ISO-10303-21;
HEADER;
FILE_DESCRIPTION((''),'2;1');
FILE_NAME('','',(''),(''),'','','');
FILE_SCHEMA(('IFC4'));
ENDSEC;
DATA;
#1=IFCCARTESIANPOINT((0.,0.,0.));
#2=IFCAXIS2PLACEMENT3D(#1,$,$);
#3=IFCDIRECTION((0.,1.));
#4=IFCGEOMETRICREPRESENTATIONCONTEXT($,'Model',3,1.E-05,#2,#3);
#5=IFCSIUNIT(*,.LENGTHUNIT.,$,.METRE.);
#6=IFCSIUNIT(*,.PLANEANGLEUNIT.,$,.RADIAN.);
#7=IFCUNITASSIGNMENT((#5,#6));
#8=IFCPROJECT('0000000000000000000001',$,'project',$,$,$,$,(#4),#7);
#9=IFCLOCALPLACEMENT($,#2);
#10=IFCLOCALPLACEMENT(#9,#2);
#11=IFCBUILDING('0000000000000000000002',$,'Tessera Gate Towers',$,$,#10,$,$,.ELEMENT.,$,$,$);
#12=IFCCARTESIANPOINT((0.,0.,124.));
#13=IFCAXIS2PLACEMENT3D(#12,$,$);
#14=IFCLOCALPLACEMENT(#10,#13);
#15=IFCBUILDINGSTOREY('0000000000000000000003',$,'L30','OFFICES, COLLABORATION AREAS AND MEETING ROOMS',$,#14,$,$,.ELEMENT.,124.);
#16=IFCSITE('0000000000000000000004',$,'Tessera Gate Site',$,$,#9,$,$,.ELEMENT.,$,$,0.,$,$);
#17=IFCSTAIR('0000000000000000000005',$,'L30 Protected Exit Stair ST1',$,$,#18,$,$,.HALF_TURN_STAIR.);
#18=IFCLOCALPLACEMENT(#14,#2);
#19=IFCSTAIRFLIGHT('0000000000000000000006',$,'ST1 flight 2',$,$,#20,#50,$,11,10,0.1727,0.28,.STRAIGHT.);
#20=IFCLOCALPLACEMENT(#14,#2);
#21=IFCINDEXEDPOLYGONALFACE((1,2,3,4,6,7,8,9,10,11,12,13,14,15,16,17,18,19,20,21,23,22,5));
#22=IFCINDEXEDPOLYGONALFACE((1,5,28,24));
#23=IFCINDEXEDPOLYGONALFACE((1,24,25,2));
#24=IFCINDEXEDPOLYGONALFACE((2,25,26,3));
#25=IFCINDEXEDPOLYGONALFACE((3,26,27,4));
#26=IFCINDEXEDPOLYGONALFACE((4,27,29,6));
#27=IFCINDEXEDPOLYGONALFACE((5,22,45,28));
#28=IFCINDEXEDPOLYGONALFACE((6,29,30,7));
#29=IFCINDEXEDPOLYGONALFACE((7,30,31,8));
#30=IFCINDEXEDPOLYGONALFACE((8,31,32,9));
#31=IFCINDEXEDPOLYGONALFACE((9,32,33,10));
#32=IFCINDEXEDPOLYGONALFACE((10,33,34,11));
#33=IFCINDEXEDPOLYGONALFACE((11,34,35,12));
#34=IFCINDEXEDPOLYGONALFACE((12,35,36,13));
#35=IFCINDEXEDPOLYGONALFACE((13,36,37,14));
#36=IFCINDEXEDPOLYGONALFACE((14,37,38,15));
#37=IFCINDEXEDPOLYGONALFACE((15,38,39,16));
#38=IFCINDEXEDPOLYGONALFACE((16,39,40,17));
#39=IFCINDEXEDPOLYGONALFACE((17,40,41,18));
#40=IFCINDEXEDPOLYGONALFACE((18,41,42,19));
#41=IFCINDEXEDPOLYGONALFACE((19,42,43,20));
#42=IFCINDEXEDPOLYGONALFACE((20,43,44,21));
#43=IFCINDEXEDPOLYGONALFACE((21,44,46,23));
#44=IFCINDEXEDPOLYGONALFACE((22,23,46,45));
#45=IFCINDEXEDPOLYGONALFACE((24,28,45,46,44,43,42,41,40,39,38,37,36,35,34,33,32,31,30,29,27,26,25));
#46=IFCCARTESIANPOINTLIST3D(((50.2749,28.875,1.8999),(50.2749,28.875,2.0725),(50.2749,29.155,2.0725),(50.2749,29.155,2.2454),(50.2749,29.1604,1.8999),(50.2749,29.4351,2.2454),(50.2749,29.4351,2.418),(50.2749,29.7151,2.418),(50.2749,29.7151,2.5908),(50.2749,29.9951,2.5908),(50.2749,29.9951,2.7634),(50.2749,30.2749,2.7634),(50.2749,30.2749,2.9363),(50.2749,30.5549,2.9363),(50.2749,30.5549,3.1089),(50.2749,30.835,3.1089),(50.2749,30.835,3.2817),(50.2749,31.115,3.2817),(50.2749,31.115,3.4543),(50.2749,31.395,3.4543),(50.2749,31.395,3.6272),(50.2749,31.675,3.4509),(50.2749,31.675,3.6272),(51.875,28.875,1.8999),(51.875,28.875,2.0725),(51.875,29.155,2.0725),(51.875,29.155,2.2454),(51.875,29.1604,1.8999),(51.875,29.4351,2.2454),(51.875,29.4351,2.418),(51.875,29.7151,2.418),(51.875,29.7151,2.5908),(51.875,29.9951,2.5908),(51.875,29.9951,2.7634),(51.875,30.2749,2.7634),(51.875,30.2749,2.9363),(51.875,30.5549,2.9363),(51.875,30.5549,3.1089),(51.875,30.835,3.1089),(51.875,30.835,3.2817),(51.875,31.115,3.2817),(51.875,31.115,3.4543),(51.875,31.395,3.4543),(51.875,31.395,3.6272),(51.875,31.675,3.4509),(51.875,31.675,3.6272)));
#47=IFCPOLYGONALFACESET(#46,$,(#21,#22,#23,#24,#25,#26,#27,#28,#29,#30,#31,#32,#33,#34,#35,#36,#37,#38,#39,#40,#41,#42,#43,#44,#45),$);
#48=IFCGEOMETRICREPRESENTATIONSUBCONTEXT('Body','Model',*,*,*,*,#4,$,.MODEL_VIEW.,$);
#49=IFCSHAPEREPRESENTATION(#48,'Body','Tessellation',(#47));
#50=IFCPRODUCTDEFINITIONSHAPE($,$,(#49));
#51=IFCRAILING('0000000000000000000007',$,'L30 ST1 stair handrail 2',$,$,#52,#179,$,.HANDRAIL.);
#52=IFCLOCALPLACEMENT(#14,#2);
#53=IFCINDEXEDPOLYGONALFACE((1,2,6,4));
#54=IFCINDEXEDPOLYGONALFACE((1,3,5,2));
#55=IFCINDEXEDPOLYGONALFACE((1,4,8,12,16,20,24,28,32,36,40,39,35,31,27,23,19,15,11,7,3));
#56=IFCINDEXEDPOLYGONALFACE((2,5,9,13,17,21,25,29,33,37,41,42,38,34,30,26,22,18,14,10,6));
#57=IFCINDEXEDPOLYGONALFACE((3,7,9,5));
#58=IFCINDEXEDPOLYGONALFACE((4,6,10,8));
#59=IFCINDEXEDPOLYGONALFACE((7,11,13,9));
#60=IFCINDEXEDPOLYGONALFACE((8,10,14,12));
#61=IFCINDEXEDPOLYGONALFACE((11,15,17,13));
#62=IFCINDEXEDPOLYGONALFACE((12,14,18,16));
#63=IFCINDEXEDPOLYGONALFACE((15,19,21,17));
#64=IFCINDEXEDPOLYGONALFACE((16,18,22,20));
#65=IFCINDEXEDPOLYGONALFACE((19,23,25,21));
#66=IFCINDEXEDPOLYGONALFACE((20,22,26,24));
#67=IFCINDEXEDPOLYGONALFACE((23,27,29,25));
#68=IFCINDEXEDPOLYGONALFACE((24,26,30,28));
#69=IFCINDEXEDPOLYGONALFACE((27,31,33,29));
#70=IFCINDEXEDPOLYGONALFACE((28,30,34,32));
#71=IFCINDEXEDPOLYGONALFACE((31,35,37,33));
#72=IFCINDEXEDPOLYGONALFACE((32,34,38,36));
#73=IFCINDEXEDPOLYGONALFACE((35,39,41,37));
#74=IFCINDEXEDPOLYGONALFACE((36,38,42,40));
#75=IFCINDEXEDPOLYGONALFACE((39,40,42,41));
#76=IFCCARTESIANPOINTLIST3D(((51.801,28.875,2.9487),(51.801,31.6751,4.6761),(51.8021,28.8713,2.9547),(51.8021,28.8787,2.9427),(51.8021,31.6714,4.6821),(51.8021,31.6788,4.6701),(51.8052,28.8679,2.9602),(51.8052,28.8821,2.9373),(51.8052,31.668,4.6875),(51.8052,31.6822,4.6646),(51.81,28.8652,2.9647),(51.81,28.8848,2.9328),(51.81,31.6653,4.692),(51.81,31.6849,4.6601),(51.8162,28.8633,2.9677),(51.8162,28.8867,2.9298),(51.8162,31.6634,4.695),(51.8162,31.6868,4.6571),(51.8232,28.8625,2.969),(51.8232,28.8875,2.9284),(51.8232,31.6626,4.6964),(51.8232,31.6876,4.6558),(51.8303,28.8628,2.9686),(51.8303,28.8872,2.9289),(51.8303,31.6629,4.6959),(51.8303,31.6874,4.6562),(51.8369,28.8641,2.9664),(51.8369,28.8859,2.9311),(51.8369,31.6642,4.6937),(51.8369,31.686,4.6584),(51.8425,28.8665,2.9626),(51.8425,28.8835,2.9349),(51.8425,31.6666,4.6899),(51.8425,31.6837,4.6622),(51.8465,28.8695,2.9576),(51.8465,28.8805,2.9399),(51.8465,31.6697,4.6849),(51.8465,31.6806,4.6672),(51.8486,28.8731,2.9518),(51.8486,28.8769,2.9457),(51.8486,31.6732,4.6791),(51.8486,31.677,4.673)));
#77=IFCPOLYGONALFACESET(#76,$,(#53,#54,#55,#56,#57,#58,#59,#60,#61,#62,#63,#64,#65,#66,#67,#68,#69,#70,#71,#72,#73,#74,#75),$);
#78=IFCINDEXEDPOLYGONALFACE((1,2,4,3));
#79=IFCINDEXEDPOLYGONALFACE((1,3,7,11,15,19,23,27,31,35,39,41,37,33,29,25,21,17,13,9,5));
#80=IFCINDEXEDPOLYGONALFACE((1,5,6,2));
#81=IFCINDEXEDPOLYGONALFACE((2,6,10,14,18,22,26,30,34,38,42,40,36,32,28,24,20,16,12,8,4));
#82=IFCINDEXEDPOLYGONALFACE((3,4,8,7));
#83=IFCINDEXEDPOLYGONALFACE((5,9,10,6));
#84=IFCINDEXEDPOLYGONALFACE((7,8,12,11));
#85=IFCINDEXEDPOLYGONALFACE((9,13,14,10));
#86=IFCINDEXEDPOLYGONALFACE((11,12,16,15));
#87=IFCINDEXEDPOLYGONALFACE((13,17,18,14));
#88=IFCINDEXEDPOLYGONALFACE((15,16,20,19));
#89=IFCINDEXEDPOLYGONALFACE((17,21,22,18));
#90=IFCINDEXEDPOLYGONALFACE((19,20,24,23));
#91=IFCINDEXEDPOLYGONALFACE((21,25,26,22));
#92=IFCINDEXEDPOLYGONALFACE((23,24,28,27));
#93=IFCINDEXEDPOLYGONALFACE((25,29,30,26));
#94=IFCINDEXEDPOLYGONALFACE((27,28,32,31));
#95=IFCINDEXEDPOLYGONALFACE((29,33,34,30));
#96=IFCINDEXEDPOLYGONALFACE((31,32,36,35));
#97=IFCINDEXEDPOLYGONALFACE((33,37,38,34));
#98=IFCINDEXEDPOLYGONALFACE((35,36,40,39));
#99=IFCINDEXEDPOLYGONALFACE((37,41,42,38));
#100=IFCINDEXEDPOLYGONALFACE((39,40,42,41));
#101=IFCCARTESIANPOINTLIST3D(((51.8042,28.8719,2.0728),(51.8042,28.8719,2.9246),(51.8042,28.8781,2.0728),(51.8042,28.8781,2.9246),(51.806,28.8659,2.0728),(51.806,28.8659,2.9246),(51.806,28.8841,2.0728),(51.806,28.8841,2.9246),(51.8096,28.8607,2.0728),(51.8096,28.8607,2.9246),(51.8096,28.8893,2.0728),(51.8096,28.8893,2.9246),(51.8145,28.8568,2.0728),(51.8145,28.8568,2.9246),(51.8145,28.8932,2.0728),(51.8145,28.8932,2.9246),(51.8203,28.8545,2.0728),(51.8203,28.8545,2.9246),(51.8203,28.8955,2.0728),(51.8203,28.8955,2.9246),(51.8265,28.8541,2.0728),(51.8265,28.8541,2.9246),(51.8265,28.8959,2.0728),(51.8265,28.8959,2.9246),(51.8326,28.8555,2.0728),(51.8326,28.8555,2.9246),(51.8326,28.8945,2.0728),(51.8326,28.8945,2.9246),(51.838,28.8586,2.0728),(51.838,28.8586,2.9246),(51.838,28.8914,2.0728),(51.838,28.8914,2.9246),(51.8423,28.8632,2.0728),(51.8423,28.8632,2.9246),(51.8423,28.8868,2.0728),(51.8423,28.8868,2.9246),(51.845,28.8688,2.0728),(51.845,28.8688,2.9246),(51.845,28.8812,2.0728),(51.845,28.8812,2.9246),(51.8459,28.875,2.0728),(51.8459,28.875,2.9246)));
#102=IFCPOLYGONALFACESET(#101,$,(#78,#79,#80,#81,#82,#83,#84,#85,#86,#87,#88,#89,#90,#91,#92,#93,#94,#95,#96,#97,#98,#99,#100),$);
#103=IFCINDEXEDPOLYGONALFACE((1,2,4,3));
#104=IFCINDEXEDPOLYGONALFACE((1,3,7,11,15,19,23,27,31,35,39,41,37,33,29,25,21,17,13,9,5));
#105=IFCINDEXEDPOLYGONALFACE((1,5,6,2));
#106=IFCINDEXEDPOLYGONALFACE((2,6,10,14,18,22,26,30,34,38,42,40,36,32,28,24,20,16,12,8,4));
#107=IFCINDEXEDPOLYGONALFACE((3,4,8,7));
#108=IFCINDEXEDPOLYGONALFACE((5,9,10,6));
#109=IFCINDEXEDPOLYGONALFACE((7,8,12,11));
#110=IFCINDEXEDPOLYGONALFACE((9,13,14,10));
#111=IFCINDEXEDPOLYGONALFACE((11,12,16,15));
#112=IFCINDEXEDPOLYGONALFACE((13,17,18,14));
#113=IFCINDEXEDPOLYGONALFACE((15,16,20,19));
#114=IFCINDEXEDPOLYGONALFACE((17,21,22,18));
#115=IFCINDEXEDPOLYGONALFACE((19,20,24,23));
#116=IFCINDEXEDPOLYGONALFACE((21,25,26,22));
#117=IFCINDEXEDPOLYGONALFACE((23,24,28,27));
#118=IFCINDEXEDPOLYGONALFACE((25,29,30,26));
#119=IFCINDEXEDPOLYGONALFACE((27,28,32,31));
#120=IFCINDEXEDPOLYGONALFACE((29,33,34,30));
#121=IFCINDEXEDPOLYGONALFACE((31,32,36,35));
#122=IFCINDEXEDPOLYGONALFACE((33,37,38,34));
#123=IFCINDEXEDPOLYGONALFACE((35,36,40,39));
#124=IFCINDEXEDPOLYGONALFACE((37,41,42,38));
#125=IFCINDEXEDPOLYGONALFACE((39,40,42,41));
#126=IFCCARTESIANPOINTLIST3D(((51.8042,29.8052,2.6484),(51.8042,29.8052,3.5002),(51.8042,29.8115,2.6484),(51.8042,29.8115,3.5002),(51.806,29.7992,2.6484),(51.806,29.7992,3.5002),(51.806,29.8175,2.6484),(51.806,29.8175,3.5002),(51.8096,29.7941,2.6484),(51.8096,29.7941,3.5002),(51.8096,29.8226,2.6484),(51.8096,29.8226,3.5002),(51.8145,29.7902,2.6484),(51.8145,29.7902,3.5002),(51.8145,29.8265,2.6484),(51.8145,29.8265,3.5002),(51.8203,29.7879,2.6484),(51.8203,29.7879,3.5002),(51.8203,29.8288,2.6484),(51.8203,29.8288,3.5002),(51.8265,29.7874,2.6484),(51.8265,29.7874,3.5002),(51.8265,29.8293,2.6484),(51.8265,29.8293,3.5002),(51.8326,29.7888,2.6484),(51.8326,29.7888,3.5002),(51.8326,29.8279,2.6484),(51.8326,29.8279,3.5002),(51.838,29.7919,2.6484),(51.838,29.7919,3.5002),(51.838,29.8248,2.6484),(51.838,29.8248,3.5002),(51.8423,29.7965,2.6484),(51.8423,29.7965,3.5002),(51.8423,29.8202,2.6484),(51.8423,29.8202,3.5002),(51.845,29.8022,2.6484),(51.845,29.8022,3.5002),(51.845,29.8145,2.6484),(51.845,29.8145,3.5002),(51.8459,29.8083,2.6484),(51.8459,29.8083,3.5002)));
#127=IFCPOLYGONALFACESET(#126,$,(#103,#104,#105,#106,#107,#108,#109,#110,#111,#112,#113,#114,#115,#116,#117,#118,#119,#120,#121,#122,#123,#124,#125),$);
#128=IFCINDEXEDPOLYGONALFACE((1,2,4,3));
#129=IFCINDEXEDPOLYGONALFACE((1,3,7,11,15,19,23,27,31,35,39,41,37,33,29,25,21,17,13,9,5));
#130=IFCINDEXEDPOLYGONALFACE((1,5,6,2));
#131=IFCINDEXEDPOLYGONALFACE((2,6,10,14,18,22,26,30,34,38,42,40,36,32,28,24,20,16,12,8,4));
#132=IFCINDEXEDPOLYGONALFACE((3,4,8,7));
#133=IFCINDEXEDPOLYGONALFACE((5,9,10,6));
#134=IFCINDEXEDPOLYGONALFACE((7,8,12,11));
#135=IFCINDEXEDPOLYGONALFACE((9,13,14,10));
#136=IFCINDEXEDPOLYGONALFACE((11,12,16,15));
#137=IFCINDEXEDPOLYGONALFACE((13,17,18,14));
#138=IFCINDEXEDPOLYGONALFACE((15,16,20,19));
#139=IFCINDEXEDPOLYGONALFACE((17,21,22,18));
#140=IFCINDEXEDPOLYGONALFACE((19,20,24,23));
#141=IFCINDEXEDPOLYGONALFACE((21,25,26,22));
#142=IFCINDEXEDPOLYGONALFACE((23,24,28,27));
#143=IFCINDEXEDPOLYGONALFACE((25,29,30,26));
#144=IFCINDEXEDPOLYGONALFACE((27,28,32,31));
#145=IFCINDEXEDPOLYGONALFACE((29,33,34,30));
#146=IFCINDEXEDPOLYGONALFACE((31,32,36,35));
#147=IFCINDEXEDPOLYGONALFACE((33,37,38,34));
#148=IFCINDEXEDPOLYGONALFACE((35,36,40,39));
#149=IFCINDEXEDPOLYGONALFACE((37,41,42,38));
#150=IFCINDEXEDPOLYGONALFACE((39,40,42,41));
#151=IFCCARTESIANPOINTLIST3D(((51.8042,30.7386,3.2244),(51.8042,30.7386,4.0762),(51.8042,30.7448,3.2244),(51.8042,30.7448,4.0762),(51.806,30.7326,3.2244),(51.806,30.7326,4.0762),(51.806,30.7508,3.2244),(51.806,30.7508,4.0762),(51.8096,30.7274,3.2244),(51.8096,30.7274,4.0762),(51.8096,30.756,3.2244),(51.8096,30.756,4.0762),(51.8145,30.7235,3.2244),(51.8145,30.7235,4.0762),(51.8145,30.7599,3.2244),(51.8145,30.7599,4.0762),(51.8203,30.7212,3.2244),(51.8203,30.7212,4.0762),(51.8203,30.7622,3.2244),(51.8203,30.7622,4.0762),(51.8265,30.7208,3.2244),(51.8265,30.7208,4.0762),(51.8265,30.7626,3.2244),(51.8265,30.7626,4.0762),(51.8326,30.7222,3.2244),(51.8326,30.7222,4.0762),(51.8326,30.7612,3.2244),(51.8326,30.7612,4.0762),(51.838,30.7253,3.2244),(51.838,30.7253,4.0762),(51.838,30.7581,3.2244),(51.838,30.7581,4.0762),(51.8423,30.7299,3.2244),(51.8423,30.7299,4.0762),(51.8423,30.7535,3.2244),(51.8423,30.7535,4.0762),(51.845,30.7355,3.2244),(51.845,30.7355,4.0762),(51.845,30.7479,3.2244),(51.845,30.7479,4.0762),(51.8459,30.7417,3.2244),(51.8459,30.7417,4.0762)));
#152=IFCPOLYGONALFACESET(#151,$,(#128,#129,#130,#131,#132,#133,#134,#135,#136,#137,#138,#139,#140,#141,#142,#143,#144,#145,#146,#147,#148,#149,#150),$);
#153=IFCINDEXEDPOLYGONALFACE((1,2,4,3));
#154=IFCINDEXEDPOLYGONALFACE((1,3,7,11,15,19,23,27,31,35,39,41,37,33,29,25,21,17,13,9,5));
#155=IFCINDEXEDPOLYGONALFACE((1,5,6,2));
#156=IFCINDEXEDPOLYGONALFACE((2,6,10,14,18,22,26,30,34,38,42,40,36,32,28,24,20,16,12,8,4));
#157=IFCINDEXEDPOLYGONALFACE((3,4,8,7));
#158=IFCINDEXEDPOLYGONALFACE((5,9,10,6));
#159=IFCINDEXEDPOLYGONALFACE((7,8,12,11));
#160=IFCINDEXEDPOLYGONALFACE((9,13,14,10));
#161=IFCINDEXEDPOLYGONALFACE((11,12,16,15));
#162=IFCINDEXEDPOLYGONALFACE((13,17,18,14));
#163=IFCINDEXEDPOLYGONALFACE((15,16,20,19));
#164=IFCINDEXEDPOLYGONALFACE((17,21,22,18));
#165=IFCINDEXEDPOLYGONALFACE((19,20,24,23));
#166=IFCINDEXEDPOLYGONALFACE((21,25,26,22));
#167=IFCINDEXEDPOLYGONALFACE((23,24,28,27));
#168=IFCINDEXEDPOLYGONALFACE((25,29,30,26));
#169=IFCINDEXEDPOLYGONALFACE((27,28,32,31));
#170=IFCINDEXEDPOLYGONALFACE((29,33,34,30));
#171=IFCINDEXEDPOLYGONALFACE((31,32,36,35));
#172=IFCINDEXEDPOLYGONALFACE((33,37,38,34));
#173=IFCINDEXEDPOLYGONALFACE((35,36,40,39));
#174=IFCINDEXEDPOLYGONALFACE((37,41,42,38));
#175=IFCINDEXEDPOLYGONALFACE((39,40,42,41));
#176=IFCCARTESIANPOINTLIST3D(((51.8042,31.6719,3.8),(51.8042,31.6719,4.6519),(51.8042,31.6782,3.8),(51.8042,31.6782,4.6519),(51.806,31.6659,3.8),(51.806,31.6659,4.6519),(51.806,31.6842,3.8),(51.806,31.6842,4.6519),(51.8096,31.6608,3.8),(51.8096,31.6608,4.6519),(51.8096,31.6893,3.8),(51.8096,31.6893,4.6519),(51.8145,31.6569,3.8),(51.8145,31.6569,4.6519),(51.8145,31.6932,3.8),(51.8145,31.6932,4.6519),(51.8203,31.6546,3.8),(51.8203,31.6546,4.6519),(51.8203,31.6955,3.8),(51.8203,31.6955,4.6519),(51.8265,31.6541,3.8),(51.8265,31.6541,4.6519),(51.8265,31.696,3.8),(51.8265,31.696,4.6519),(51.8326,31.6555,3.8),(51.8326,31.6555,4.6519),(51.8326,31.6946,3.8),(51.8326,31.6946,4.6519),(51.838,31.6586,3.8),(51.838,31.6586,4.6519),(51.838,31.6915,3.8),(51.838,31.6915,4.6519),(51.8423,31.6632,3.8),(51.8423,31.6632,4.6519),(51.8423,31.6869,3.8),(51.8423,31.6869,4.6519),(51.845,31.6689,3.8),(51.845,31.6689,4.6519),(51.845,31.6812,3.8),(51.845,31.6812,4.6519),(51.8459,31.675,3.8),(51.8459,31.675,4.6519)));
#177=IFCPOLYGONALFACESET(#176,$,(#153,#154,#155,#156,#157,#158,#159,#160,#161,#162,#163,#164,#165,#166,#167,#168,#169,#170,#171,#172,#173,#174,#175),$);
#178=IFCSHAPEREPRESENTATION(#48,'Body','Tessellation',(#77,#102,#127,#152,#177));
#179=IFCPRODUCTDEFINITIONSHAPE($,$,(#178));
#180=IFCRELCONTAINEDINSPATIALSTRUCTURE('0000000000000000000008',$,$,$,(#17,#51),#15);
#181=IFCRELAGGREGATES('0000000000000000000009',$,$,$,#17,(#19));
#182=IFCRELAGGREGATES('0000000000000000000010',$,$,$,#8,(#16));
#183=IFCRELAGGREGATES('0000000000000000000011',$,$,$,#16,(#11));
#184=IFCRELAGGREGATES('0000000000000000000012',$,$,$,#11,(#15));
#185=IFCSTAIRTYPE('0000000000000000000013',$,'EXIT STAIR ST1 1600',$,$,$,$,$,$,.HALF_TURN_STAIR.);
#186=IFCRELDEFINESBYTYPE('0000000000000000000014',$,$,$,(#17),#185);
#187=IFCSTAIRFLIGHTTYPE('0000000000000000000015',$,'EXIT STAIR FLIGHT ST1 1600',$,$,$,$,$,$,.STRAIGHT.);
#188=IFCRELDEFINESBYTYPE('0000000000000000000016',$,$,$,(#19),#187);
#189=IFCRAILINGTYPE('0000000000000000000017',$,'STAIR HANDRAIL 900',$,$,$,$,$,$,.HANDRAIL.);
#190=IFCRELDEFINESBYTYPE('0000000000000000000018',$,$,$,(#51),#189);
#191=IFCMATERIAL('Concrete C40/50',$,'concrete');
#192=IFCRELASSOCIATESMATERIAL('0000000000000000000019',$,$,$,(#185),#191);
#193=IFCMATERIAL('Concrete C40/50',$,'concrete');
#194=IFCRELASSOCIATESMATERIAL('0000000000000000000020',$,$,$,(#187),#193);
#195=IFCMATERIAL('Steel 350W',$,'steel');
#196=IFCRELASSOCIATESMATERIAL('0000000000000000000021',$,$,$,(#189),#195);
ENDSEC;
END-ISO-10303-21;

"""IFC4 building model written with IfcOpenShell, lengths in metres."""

from ifc_helpers import new_model, si_unit, direction, frame, origin, origin_2d, place, context, subcontext, project, spatial, polyline, circle, outline, extrude, material, type_object, element, aggregate, save


model = new_model("IFC4")

# Units and contexts
model_context = context("Model", 3, precision=1e-05, world=origin(), true_north=direction((0.0, 1.0)))
body_context = subcontext(model_context, "Body", "Model", "MODEL_VIEW")
ifc_project = project(units=[si_unit("LENGTHUNIT", "METRE"), si_unit("PLANEANGLEUNIT", "RADIAN")], contexts=[model_context])

# Site, building, storey
site_placement = place(None, origin())
site = spatial("IfcSite", under=ifc_project, at=site_placement, Name="Tessera Gate Site", CompositionType="ELEMENT", RefElevation=0.0)
building_placement = place(site_placement, origin())
building = spatial("IfcBuilding", under=site, at=building_placement, Name="Tessera Gate Towers", CompositionType="ELEMENT")
storey_placement = place(building_placement, frame((0.0, 0.0, 124.0)))
storey = spatial("IfcBuildingStorey", under=building, at=storey_placement, Name="L30", Description="OFFICES, COLLABORATION AREAS AND MEETING ROOMS", CompositionType="ELEMENT", Elevation=124.0)

# Stair, stair flight
ifc_material_1 = material(Name="Concrete C40/50", Category="concrete")
stair_type = type_object("IfcStairType", Name="EXIT STAIR ST1 1600", PredefinedType="HALF_TURN_STAIR", material=ifc_material_1)
stair_placement = place(storey_placement, origin())
stair = element("IfcStair", 1, at=stair_placement, inside=storey, type_object=stair_type, Name="L30 Protected Exit Stair ST1", PredefinedType="HALF_TURN_STAIR")
ifc_material_2 = material(Name="Concrete C40/50", Category="concrete")
stair_flight_type = type_object("IfcStairFlightType", Name="EXIT STAIR FLIGHT ST1 1600", PredefinedType="STRAIGHT", material=ifc_material_2)
stair_flight_placement = place(storey_placement, frame((51.075, 28.875, 1.8999), z_axis=(0.0, 0.0, 1.0), x_axis=(0.0, 1.0, 0.0)))
stair_flight = element("IfcStairFlight", 2, at=stair_flight_placement, type_object=stair_flight_type, Name="ST1 flight 2", NumberOfRisers=11, NumberOfTreads=10, PredefinedType="STRAIGHT", RiserHeight=0.1727, TreadLength=0.28, context=body_context, shape_type="SweptSolid", body=[
    extrude(outline(polyline([(0.0, 0.0), (0.0, 0.1726), (0.28, 0.1726), (0.28, 0.3455), (0.5601, 0.3455), (0.5601, 0.5181), (0.8401, 0.5181), (0.8401, 0.6909), (1.1201, 0.6909), (1.1201, 0.8635), (1.3999, 0.8635), (1.3999, 1.0364), (1.6799, 1.0364), (1.6799, 1.209), (1.96, 1.209), (1.96, 1.3818), (2.24, 1.3818), (2.24, 1.5544), (2.52, 1.5544), (2.52, 1.7273), (2.8, 1.7273), (2.8, 1.8999), (2.8, 1.551), (0.2854, 0.0), (0.0, 0.0)])), frame((0.0, 0.8, 0.0), z_axis=(0.0, -1.0, 0.0), x_axis=(1.0, 0.0, 0.0)), (0.0, 0.0, 1.0), 1.6001),
])
aggregate(stair, [stair_flight])

# Railing
ifc_material_3 = material(Name="Steel 350W", Category="steel")
railing_type = type_object("IfcRailingType", Name="STAIR HANDRAIL 900", PredefinedType="HANDRAIL", material=ifc_material_3)
railing_placement = place(storey_placement, frame((51.825, 28.875, 2.0728)))
element("IfcRailing", 3, at=railing_placement, inside=storey, type_object=railing_type, Name="L30 ST1 stair handrail 2", PredefinedType="HANDRAIL", context=body_context, shape_type="SweptSolid", body=[
    extrude(circle(Radius=0.0239, at=origin_2d()), frame((0.0, 0.0, 0.876), z_axis=(0.0, 0.85109, 0.52502), x_axis=(-1.0, 0.0, 0.0)), (0.0, 0.0, 1.0), 3.29),
    extrude(circle(Radius=0.021, at=origin_2d()), origin(), (0.0, 0.0, 1.0), 0.8518),
    extrude(circle(Radius=0.021, at=origin_2d()), frame((0.0, 0.9333, 0.5757)), (0.0, 0.0, 1.0), 0.8518),
    extrude(circle(Radius=0.021, at=origin_2d()), frame((0.0, 1.8667, 1.1516)), (0.0, 0.0, 1.0), 0.8518),
    extrude(circle(Radius=0.021, at=origin_2d()), frame((0.0, 2.8, 1.7273)), (0.0, 0.0, 1.0), 0.8518),
])

save(model, "model.ifc")
